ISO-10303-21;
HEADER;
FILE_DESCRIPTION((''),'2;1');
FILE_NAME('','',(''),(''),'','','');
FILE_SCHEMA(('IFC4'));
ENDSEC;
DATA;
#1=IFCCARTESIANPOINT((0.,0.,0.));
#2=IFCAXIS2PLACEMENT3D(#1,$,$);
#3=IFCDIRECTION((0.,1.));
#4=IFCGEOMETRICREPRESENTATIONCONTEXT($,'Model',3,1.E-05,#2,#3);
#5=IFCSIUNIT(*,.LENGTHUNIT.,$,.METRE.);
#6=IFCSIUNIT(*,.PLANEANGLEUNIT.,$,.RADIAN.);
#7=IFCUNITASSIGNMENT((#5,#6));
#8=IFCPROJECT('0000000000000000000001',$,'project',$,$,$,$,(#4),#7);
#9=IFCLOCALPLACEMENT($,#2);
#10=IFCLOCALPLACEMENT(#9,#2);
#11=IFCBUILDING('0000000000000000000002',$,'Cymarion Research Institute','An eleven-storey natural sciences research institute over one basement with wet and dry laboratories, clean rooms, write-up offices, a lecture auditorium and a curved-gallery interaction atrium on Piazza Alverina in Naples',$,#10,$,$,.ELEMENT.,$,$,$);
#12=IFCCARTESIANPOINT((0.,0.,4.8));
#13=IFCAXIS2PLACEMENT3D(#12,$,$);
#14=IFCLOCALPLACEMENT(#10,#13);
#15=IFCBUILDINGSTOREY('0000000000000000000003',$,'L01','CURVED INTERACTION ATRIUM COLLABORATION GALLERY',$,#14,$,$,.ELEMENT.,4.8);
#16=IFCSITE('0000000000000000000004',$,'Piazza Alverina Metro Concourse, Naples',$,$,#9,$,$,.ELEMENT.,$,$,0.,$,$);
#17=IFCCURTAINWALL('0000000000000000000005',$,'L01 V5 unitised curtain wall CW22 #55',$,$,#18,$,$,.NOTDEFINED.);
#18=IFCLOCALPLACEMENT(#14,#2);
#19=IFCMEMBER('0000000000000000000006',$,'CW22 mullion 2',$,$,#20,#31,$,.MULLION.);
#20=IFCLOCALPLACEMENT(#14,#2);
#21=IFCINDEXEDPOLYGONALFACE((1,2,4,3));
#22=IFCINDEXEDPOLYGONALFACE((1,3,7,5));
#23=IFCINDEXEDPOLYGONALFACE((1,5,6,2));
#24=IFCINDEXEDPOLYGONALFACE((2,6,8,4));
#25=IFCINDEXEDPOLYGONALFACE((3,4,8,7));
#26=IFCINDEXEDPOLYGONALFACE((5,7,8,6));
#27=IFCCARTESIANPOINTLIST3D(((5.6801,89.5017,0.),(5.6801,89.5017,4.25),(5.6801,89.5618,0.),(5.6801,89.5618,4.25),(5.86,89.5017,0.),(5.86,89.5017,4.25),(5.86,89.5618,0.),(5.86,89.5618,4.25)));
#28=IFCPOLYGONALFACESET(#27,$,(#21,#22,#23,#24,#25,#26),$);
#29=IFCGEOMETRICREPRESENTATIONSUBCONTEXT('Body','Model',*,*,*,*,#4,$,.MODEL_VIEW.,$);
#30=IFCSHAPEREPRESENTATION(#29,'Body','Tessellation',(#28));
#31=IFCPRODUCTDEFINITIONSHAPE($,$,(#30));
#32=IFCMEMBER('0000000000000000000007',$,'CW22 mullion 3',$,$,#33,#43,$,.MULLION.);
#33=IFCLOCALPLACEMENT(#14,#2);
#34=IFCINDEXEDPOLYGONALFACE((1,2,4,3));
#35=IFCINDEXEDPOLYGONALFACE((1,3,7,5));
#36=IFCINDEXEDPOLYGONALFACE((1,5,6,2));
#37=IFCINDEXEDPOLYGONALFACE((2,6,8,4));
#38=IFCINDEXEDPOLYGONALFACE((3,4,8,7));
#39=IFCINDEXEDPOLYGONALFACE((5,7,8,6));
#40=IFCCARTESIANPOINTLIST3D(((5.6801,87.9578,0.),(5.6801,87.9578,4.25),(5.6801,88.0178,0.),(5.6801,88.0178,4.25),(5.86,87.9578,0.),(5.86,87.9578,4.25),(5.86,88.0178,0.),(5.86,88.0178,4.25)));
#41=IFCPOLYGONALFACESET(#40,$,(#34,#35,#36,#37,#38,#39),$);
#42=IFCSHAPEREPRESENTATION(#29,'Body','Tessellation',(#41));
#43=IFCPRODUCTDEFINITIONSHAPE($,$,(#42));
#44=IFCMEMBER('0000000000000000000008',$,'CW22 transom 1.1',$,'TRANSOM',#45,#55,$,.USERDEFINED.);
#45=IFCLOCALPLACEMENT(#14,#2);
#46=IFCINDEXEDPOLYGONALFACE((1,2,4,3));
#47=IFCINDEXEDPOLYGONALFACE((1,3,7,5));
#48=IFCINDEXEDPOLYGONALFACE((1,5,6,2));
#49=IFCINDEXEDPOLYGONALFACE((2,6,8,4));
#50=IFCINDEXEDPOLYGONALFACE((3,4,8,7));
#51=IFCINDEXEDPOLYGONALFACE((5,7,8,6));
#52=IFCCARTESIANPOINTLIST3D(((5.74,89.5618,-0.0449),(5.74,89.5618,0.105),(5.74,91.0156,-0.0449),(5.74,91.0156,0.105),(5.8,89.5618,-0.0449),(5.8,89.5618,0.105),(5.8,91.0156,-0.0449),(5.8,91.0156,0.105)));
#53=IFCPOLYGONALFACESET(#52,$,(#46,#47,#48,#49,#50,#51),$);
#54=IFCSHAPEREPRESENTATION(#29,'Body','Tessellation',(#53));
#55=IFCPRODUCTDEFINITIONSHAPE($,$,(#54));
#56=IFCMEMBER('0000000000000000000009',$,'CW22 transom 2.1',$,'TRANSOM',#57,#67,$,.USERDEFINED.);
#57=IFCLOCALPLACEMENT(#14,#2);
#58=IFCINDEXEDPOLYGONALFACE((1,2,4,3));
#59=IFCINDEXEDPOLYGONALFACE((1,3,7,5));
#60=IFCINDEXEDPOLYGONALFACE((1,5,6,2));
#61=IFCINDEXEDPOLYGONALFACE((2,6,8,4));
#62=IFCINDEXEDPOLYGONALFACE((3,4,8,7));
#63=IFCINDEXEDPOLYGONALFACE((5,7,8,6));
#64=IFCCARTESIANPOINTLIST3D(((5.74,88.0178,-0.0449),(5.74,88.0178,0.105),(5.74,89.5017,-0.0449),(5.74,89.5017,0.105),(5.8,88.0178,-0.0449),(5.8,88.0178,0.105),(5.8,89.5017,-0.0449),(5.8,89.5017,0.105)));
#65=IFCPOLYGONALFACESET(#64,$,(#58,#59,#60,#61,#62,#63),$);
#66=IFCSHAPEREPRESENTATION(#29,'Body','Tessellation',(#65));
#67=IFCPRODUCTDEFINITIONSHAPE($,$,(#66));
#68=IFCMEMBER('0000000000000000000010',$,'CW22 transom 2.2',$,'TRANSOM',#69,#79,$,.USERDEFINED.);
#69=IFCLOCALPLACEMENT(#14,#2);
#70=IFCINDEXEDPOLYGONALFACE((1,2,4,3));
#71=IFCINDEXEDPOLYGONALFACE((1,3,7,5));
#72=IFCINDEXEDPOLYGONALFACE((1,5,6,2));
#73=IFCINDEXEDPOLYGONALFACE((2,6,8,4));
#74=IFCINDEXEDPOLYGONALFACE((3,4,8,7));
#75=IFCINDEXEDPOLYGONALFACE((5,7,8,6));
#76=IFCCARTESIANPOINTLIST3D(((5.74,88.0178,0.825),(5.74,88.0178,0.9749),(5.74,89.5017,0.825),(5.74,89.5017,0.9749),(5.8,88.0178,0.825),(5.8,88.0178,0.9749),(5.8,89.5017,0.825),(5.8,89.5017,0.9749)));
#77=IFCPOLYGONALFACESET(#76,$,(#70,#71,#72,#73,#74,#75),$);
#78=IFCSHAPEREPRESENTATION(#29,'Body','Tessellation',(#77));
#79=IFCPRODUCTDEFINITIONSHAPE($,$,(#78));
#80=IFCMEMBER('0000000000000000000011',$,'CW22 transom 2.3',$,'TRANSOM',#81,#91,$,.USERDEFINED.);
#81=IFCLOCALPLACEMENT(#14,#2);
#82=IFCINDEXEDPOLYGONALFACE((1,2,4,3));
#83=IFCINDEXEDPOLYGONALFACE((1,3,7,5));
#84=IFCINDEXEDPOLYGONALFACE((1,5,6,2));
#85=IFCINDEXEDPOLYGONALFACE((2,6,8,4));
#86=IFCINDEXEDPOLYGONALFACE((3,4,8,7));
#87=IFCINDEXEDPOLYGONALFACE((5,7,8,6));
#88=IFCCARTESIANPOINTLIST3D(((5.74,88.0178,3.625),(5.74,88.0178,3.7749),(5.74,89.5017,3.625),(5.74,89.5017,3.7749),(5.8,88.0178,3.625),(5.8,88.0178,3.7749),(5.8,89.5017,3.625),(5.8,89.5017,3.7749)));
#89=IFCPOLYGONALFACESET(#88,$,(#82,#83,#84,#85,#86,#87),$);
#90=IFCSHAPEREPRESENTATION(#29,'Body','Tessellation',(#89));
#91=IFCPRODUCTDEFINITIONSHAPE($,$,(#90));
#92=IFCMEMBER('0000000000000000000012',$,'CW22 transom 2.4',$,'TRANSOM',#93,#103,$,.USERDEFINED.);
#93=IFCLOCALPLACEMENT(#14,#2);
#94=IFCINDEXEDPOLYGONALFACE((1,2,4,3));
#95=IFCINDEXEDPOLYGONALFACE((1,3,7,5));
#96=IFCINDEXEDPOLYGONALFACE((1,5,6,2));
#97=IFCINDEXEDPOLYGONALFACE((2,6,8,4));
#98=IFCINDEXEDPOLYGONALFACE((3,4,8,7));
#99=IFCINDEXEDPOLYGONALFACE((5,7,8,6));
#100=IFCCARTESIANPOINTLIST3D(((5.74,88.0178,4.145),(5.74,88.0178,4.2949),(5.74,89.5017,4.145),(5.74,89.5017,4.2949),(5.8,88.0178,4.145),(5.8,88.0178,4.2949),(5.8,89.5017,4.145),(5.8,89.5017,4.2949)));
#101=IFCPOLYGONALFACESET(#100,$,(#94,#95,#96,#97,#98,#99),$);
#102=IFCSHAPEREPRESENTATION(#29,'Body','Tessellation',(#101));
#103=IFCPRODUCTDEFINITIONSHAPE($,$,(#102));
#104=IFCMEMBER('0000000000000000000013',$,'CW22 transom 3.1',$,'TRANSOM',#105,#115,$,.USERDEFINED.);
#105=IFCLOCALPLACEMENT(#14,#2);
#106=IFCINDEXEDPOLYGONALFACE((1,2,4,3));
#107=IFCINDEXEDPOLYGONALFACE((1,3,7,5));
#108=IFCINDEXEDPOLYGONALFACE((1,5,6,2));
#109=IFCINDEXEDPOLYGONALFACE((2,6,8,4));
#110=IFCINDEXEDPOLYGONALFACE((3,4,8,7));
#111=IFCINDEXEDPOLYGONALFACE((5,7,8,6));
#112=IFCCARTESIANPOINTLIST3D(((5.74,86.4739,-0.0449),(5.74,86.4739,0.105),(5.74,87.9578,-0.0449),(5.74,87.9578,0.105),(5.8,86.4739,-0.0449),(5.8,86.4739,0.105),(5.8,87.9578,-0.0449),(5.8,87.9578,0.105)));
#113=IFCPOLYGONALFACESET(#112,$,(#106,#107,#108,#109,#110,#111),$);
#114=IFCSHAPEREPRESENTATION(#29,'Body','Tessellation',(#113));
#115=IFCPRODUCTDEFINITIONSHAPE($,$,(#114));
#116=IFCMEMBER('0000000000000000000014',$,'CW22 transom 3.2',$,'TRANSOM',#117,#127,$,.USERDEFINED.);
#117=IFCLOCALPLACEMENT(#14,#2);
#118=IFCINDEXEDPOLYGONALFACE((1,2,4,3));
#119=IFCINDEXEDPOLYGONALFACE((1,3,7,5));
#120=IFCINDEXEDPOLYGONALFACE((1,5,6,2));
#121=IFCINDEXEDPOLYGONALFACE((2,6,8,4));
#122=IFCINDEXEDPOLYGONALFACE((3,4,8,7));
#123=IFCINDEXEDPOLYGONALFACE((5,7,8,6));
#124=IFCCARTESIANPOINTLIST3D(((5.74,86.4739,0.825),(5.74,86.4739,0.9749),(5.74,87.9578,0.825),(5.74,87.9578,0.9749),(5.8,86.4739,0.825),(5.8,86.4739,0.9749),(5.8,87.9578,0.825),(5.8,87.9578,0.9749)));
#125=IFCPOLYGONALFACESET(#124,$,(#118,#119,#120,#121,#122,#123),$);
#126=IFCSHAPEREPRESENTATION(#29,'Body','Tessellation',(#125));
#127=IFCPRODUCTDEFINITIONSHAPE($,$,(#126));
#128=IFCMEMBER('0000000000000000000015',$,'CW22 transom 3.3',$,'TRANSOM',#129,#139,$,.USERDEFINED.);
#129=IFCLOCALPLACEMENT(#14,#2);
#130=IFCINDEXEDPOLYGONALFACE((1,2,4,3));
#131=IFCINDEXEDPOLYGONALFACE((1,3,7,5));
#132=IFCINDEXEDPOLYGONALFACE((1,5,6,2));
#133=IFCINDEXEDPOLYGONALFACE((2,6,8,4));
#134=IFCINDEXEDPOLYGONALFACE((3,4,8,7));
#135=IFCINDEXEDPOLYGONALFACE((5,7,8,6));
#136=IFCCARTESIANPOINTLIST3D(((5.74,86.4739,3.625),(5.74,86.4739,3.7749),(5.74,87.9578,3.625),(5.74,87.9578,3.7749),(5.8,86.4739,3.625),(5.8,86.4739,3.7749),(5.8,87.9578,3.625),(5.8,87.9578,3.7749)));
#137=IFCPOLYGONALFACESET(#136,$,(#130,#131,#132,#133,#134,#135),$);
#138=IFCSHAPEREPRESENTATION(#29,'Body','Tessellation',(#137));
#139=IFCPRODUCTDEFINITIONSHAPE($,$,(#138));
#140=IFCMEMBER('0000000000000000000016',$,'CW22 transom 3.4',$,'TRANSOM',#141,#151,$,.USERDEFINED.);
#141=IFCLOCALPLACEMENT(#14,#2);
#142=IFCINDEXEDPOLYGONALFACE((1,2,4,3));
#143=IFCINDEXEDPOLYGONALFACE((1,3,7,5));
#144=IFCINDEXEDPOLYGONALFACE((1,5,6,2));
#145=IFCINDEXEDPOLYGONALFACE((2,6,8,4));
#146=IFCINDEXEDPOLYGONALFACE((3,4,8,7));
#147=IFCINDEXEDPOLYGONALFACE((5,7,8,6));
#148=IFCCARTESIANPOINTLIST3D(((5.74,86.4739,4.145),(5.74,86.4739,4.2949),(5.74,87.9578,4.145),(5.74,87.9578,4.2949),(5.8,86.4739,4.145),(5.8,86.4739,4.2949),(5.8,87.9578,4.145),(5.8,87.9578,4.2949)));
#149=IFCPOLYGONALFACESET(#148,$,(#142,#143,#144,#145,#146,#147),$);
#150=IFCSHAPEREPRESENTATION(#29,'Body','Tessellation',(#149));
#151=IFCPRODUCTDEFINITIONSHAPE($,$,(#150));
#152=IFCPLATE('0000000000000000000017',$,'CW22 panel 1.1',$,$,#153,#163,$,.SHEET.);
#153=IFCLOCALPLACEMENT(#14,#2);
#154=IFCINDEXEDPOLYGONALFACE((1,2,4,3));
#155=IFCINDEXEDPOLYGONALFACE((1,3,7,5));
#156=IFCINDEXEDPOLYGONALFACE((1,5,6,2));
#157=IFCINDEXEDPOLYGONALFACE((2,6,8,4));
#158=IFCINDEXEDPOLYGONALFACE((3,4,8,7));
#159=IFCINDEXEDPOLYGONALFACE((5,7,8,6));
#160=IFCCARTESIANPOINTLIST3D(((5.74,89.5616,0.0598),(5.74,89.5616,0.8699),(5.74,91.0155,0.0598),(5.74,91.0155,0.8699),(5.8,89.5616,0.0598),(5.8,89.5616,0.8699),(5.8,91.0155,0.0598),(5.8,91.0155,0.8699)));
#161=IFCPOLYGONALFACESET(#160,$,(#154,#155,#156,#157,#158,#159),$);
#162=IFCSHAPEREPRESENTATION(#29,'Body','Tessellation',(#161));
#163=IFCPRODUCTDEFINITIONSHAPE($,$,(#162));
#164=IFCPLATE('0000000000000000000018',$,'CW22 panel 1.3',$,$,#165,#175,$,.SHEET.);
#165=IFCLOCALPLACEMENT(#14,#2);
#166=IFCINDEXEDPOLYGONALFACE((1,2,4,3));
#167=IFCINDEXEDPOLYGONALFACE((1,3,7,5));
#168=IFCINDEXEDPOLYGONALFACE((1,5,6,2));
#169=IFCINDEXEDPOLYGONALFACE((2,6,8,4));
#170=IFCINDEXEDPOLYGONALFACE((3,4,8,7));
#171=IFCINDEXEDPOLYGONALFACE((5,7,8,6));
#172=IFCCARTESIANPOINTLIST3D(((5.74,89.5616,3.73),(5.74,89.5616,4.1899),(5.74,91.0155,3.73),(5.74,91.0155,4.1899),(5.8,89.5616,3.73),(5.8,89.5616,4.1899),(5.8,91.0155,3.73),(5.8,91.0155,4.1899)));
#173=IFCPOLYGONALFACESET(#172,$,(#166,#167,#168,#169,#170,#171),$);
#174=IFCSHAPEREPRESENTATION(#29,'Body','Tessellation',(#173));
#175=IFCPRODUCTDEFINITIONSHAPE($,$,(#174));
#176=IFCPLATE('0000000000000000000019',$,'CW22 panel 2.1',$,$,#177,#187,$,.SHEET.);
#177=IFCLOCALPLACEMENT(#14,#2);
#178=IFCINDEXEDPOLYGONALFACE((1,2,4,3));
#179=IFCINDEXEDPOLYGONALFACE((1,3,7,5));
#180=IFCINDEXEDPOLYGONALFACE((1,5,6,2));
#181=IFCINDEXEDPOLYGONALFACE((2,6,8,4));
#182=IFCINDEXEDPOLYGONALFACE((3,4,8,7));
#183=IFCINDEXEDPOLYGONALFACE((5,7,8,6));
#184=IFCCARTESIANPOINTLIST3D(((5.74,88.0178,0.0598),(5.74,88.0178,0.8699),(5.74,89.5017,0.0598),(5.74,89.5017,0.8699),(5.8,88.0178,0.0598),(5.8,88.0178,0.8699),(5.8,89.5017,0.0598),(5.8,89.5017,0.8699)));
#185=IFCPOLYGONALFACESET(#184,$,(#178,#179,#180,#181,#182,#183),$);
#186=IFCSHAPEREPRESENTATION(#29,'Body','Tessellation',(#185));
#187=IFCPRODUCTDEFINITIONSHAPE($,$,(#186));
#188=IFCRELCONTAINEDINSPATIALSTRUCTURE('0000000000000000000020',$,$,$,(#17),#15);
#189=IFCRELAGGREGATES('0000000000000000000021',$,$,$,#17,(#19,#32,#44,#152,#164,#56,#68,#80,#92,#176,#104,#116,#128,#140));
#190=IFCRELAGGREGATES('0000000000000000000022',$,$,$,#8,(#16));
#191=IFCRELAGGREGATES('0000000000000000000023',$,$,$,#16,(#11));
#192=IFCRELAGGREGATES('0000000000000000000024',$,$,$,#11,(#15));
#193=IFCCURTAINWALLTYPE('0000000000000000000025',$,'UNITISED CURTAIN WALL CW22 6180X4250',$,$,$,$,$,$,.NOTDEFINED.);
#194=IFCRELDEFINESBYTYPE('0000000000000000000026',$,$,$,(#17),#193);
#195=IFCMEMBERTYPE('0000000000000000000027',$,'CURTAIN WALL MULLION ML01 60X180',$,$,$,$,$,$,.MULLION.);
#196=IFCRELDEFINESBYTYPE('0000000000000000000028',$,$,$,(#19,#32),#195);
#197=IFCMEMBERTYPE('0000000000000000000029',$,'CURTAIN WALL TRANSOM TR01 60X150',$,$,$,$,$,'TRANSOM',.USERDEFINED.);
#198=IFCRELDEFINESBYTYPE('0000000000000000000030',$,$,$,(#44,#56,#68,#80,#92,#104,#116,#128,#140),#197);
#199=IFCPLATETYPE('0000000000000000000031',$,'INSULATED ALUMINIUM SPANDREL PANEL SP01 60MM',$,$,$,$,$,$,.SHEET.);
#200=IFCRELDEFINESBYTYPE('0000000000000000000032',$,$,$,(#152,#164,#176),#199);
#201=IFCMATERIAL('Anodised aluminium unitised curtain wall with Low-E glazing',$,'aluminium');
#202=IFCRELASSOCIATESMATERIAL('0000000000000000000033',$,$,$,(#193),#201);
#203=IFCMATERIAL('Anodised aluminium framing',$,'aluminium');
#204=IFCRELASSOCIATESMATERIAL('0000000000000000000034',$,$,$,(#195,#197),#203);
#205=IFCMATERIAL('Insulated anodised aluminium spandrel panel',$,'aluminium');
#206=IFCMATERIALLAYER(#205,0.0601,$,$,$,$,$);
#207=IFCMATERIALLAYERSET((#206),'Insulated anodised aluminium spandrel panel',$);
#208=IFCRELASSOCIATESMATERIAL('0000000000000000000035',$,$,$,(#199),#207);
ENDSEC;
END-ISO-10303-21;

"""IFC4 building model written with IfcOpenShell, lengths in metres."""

from ifc_helpers import new_model, si_unit, direction, frame, origin, origin_2d, place, context, subcontext, project, spatial, rectangle, extrude, material, layer, layer_set, material_profile, profile_set, type_object, element, aggregate, save


model = new_model("IFC4")

# Units and contexts
model_context = context("Model", 3, precision=1e-05, world=origin(), true_north=direction((0.0, 1.0)))
body_context = subcontext(model_context, "Body", "Model", "MODEL_VIEW")
ifc_project = project(units=[si_unit("LENGTHUNIT", "METRE"), si_unit("PLANEANGLEUNIT", "RADIAN")], contexts=[model_context])

# Site, building, storey
site_placement = place(None, origin())
site = spatial("IfcSite", under=ifc_project, at=site_placement, Name="Piazza Alverina Metro Concourse, Naples", CompositionType="ELEMENT", RefElevation=0.0)
building_placement = place(site_placement, origin())
building = spatial("IfcBuilding", under=site, at=building_placement, Name="Cymarion Research Institute", Description="An eleven-storey natural sciences research institute over one basement with wet and dry laboratories, clean rooms, write-up offices, a lecture auditorium and a curved-gallery interaction atrium on Piazza Alverina in Naples", CompositionType="ELEMENT")
storey_placement = place(building_placement, frame((0.0, 0.0, 4.8)))
storey = spatial("IfcBuildingStorey", under=building, at=storey_placement, Name="L01", Description="CURVED INTERACTION ATRIUM COLLABORATION GALLERY", CompositionType="ELEMENT", Elevation=4.8)

# Curtain wall, members, plates
ifc_material_1 = material(Name="Anodised aluminium unitised curtain wall with Low-E glazing", Category="aluminium")
curtain_wall_type = type_object("IfcCurtainWallType", Name="UNITISED CURTAIN WALL CW22 6180X4250", PredefinedType="NOTDEFINED", material=ifc_material_1)
curtain_wall_placement = place(storey_placement, origin())
curtain_wall = element("IfcCurtainWall", 1, at=curtain_wall_placement, inside=storey, type_object=curtain_wall_type, Name="L01 V5 unitised curtain wall CW22 #55", PredefinedType="NOTDEFINED")
ifc_material_2 = material(Name="Anodised aluminium framing", Category="aluminium")
ifc_material_profile_1 = material_profile(ifc_material_2, rectangle(XDim=0.0601, YDim=0.1799, at=origin_2d()), Name="ALU MULLION 60x180")
ifc_profile_set_1 = profile_set([ifc_material_profile_1], Name="Anodised aluminium framing")
member_type_1 = type_object("IfcMemberType", Name="CURTAIN WALL MULLION ML01 60X180", PredefinedType="MULLION", material=ifc_profile_set_1)
member_1_placement = place(storey_placement, frame((5.77, 89.5317, 0.0), z_axis=(0.0, 0.0, 1.0), x_axis=(0.0, -1.0, 0.0)))
member_1 = element("IfcMember", 2, at=member_1_placement, type_object=member_type_1, Name="CW22 mullion 2", PredefinedType="MULLION", context=body_context, shape_type="SweptSolid", body=[
    extrude(rectangle(XDim=0.0601, YDim=0.1799, at=origin_2d()), origin(), (0.0, 0.0, 1.0), 4.25),
])
member_2_placement = place(storey_placement, frame((5.77, 87.9878, 0.0), z_axis=(0.0, 0.0, 1.0), x_axis=(0.0, -1.0, 0.0)))
member_2 = element("IfcMember", 3, at=member_2_placement, type_object=member_type_1, Name="CW22 mullion 3", PredefinedType="MULLION", context=body_context, shape_type="SweptSolid", body=[
    extrude(rectangle(XDim=0.0601, YDim=0.1799, at=origin_2d()), origin(), (0.0, 0.0, 1.0), 4.25),
])
ifc_material_profile_2 = material_profile(ifc_material_2, rectangle(XDim=0.0601, YDim=0.1499, at=origin_2d()), Name="ALU TRANSOM 60x150")
ifc_profile_set_2 = profile_set([ifc_material_profile_2], Name="Anodised aluminium framing")
member_type_2 = type_object("IfcMemberType", Name="CURTAIN WALL TRANSOM TR01 60X150", ElementType="TRANSOM", PredefinedType="USERDEFINED", material=ifc_profile_set_2)
member_3_placement = place(storey_placement, frame((5.77, 91.0156, 0.03), z_axis=(0.0, -1.0, 0.0), x_axis=(1.0, 0.0, 0.0)))
member_3 = element("IfcMember", 4, at=member_3_placement, type_object=member_type_2, Name="CW22 transom 1.1", ObjectType="TRANSOM", PredefinedType="USERDEFINED", context=body_context, shape_type="SweptSolid", body=[
    extrude(rectangle(XDim=0.0601, YDim=0.1499, at=origin_2d()), origin(), (0.0, 0.0, 1.0), 1.4539),
])
member_4_placement = place(storey_placement, frame((5.77, 89.5017, 0.03), z_axis=(0.0, -1.0, 0.0), x_axis=(1.0, 0.0, 0.0)))
member_4 = element("IfcMember", 5, at=member_4_placement, type_object=member_type_2, Name="CW22 transom 2.1", ObjectType="TRANSOM", PredefinedType="USERDEFINED", context=body_context, shape_type="SweptSolid", body=[
    extrude(rectangle(XDim=0.0601, YDim=0.1499, at=origin_2d()), origin(), (0.0, 0.0, 1.0), 1.4839),
])
member_5_placement = place(storey_placement, frame((5.77, 89.5017, 0.8999), z_axis=(0.0, -1.0, 0.0), x_axis=(1.0, 0.0, 0.0)))
member_5 = element("IfcMember", 6, at=member_5_placement, type_object=member_type_2, Name="CW22 transom 2.2", ObjectType="TRANSOM", PredefinedType="USERDEFINED", context=body_context, shape_type="SweptSolid", body=[
    extrude(rectangle(XDim=0.0601, YDim=0.1499, at=origin_2d()), origin(), (0.0, 0.0, 1.0), 1.4839),
])
member_6_placement = place(storey_placement, frame((5.77, 89.5017, 3.7), z_axis=(0.0, -1.0, 0.0), x_axis=(1.0, 0.0, 0.0)))
member_6 = element("IfcMember", 7, at=member_6_placement, type_object=member_type_2, Name="CW22 transom 2.3", ObjectType="TRANSOM", PredefinedType="USERDEFINED", context=body_context, shape_type="SweptSolid", body=[
    extrude(rectangle(XDim=0.0601, YDim=0.1499, at=origin_2d()), origin(), (0.0, 0.0, 1.0), 1.4839),
])
member_7_placement = place(storey_placement, frame((5.77, 89.5017, 4.22), z_axis=(0.0, -1.0, 0.0), x_axis=(1.0, 0.0, 0.0)))
member_7 = element("IfcMember", 8, at=member_7_placement, type_object=member_type_2, Name="CW22 transom 2.4", ObjectType="TRANSOM", PredefinedType="USERDEFINED", context=body_context, shape_type="SweptSolid", body=[
    extrude(rectangle(XDim=0.0601, YDim=0.1499, at=origin_2d()), origin(), (0.0, 0.0, 1.0), 1.4839),
])
member_8_placement = place(storey_placement, frame((5.77, 87.9578, 0.03), z_axis=(0.0, -1.0, 0.0), x_axis=(1.0, 0.0, 0.0)))
member_8 = element("IfcMember", 9, at=member_8_placement, type_object=member_type_2, Name="CW22 transom 3.1", ObjectType="TRANSOM", PredefinedType="USERDEFINED", context=body_context, shape_type="SweptSolid", body=[
    extrude(rectangle(XDim=0.0601, YDim=0.1499, at=origin_2d()), origin(), (0.0, 0.0, 1.0), 1.4839),
])
member_9_placement = place(storey_placement, frame((5.77, 87.9578, 0.8999), z_axis=(0.0, -1.0, 0.0), x_axis=(1.0, 0.0, 0.0)))
member_9 = element("IfcMember", 10, at=member_9_placement, type_object=member_type_2, Name="CW22 transom 3.2", ObjectType="TRANSOM", PredefinedType="USERDEFINED", context=body_context, shape_type="SweptSolid", body=[
    extrude(rectangle(XDim=0.0601, YDim=0.1499, at=origin_2d()), origin(), (0.0, 0.0, 1.0), 1.4839),
])
member_10_placement = place(storey_placement, frame((5.77, 87.9578, 3.7), z_axis=(0.0, -1.0, 0.0), x_axis=(1.0, 0.0, 0.0)))
member_10 = element("IfcMember", 11, at=member_10_placement, type_object=member_type_2, Name="CW22 transom 3.3", ObjectType="TRANSOM", PredefinedType="USERDEFINED", context=body_context, shape_type="SweptSolid", body=[
    extrude(rectangle(XDim=0.0601, YDim=0.1499, at=origin_2d()), origin(), (0.0, 0.0, 1.0), 1.4839),
])
member_11_placement = place(storey_placement, frame((5.77, 87.9578, 4.22), z_axis=(0.0, -1.0, 0.0), x_axis=(1.0, 0.0, 0.0)))
member_11 = element("IfcMember", 12, at=member_11_placement, type_object=member_type_2, Name="CW22 transom 3.4", ObjectType="TRANSOM", PredefinedType="USERDEFINED", context=body_context, shape_type="SweptSolid", body=[
    extrude(rectangle(XDim=0.0601, YDim=0.1499, at=origin_2d()), origin(), (0.0, 0.0, 1.0), 1.4839),
])
ifc_material_3 = material(Name="Insulated anodised aluminium spandrel panel", Category="aluminium")
ifc_layer_1 = layer(ifc_material_3, 0.0601)
ifc_layer_set_1 = layer_set([ifc_layer_1], Name="Insulated anodised aluminium spandrel panel")
plate_type_1 = type_object("IfcPlateType", Name="INSULATED ALUMINIUM SPANDREL PANEL SP01 60MM", PredefinedType="SHEET", material=ifc_layer_set_1)
plate_1_placement = place(storey_placement, frame((5.77, 90.2886, 0.0598), z_axis=(0.0, 0.0, 1.0), x_axis=(0.0, -1.0, 0.0)))
plate_1 = element("IfcPlate", 13, at=plate_1_placement, type_object=plate_type_1, Name="CW22 panel 1.1", PredefinedType="SHEET", context=body_context, shape_type="SweptSolid", body=[
    extrude(rectangle(XDim=1.4539, YDim=0.0601, at=origin_2d()), origin(), (0.0, 0.0, 1.0), 0.8101),
])
plate_2_placement = place(storey_placement, frame((5.77, 90.2886, 3.73), z_axis=(0.0, 0.0, 1.0), x_axis=(0.0, -1.0, 0.0)))
plate_2 = element("IfcPlate", 14, at=plate_2_placement, type_object=plate_type_1, Name="CW22 panel 1.3", PredefinedType="SHEET", context=body_context, shape_type="SweptSolid", body=[
    extrude(rectangle(XDim=1.4539, YDim=0.0601, at=origin_2d()), origin(), (0.0, 0.0, 1.0), 0.46),
])
plate_3_placement = place(storey_placement, frame((5.77, 88.7598, 0.0598), z_axis=(0.0, 0.0, 1.0), x_axis=(0.0, -1.0, 0.0)))
plate_3 = element("IfcPlate", 15, at=plate_3_placement, type_object=plate_type_1, Name="CW22 panel 2.1", PredefinedType="SHEET", context=body_context, shape_type="SweptSolid", body=[
    extrude(rectangle(XDim=1.4839, YDim=0.0601, at=origin_2d()), origin(), (0.0, 0.0, 1.0), 0.8101),
])
aggregate(curtain_wall, [member_1, member_2, member_3, plate_1, plate_2, member_4, member_5, member_6, member_7, plate_3, member_8, member_9, member_10, member_11])

save(model, "model.ifc")
